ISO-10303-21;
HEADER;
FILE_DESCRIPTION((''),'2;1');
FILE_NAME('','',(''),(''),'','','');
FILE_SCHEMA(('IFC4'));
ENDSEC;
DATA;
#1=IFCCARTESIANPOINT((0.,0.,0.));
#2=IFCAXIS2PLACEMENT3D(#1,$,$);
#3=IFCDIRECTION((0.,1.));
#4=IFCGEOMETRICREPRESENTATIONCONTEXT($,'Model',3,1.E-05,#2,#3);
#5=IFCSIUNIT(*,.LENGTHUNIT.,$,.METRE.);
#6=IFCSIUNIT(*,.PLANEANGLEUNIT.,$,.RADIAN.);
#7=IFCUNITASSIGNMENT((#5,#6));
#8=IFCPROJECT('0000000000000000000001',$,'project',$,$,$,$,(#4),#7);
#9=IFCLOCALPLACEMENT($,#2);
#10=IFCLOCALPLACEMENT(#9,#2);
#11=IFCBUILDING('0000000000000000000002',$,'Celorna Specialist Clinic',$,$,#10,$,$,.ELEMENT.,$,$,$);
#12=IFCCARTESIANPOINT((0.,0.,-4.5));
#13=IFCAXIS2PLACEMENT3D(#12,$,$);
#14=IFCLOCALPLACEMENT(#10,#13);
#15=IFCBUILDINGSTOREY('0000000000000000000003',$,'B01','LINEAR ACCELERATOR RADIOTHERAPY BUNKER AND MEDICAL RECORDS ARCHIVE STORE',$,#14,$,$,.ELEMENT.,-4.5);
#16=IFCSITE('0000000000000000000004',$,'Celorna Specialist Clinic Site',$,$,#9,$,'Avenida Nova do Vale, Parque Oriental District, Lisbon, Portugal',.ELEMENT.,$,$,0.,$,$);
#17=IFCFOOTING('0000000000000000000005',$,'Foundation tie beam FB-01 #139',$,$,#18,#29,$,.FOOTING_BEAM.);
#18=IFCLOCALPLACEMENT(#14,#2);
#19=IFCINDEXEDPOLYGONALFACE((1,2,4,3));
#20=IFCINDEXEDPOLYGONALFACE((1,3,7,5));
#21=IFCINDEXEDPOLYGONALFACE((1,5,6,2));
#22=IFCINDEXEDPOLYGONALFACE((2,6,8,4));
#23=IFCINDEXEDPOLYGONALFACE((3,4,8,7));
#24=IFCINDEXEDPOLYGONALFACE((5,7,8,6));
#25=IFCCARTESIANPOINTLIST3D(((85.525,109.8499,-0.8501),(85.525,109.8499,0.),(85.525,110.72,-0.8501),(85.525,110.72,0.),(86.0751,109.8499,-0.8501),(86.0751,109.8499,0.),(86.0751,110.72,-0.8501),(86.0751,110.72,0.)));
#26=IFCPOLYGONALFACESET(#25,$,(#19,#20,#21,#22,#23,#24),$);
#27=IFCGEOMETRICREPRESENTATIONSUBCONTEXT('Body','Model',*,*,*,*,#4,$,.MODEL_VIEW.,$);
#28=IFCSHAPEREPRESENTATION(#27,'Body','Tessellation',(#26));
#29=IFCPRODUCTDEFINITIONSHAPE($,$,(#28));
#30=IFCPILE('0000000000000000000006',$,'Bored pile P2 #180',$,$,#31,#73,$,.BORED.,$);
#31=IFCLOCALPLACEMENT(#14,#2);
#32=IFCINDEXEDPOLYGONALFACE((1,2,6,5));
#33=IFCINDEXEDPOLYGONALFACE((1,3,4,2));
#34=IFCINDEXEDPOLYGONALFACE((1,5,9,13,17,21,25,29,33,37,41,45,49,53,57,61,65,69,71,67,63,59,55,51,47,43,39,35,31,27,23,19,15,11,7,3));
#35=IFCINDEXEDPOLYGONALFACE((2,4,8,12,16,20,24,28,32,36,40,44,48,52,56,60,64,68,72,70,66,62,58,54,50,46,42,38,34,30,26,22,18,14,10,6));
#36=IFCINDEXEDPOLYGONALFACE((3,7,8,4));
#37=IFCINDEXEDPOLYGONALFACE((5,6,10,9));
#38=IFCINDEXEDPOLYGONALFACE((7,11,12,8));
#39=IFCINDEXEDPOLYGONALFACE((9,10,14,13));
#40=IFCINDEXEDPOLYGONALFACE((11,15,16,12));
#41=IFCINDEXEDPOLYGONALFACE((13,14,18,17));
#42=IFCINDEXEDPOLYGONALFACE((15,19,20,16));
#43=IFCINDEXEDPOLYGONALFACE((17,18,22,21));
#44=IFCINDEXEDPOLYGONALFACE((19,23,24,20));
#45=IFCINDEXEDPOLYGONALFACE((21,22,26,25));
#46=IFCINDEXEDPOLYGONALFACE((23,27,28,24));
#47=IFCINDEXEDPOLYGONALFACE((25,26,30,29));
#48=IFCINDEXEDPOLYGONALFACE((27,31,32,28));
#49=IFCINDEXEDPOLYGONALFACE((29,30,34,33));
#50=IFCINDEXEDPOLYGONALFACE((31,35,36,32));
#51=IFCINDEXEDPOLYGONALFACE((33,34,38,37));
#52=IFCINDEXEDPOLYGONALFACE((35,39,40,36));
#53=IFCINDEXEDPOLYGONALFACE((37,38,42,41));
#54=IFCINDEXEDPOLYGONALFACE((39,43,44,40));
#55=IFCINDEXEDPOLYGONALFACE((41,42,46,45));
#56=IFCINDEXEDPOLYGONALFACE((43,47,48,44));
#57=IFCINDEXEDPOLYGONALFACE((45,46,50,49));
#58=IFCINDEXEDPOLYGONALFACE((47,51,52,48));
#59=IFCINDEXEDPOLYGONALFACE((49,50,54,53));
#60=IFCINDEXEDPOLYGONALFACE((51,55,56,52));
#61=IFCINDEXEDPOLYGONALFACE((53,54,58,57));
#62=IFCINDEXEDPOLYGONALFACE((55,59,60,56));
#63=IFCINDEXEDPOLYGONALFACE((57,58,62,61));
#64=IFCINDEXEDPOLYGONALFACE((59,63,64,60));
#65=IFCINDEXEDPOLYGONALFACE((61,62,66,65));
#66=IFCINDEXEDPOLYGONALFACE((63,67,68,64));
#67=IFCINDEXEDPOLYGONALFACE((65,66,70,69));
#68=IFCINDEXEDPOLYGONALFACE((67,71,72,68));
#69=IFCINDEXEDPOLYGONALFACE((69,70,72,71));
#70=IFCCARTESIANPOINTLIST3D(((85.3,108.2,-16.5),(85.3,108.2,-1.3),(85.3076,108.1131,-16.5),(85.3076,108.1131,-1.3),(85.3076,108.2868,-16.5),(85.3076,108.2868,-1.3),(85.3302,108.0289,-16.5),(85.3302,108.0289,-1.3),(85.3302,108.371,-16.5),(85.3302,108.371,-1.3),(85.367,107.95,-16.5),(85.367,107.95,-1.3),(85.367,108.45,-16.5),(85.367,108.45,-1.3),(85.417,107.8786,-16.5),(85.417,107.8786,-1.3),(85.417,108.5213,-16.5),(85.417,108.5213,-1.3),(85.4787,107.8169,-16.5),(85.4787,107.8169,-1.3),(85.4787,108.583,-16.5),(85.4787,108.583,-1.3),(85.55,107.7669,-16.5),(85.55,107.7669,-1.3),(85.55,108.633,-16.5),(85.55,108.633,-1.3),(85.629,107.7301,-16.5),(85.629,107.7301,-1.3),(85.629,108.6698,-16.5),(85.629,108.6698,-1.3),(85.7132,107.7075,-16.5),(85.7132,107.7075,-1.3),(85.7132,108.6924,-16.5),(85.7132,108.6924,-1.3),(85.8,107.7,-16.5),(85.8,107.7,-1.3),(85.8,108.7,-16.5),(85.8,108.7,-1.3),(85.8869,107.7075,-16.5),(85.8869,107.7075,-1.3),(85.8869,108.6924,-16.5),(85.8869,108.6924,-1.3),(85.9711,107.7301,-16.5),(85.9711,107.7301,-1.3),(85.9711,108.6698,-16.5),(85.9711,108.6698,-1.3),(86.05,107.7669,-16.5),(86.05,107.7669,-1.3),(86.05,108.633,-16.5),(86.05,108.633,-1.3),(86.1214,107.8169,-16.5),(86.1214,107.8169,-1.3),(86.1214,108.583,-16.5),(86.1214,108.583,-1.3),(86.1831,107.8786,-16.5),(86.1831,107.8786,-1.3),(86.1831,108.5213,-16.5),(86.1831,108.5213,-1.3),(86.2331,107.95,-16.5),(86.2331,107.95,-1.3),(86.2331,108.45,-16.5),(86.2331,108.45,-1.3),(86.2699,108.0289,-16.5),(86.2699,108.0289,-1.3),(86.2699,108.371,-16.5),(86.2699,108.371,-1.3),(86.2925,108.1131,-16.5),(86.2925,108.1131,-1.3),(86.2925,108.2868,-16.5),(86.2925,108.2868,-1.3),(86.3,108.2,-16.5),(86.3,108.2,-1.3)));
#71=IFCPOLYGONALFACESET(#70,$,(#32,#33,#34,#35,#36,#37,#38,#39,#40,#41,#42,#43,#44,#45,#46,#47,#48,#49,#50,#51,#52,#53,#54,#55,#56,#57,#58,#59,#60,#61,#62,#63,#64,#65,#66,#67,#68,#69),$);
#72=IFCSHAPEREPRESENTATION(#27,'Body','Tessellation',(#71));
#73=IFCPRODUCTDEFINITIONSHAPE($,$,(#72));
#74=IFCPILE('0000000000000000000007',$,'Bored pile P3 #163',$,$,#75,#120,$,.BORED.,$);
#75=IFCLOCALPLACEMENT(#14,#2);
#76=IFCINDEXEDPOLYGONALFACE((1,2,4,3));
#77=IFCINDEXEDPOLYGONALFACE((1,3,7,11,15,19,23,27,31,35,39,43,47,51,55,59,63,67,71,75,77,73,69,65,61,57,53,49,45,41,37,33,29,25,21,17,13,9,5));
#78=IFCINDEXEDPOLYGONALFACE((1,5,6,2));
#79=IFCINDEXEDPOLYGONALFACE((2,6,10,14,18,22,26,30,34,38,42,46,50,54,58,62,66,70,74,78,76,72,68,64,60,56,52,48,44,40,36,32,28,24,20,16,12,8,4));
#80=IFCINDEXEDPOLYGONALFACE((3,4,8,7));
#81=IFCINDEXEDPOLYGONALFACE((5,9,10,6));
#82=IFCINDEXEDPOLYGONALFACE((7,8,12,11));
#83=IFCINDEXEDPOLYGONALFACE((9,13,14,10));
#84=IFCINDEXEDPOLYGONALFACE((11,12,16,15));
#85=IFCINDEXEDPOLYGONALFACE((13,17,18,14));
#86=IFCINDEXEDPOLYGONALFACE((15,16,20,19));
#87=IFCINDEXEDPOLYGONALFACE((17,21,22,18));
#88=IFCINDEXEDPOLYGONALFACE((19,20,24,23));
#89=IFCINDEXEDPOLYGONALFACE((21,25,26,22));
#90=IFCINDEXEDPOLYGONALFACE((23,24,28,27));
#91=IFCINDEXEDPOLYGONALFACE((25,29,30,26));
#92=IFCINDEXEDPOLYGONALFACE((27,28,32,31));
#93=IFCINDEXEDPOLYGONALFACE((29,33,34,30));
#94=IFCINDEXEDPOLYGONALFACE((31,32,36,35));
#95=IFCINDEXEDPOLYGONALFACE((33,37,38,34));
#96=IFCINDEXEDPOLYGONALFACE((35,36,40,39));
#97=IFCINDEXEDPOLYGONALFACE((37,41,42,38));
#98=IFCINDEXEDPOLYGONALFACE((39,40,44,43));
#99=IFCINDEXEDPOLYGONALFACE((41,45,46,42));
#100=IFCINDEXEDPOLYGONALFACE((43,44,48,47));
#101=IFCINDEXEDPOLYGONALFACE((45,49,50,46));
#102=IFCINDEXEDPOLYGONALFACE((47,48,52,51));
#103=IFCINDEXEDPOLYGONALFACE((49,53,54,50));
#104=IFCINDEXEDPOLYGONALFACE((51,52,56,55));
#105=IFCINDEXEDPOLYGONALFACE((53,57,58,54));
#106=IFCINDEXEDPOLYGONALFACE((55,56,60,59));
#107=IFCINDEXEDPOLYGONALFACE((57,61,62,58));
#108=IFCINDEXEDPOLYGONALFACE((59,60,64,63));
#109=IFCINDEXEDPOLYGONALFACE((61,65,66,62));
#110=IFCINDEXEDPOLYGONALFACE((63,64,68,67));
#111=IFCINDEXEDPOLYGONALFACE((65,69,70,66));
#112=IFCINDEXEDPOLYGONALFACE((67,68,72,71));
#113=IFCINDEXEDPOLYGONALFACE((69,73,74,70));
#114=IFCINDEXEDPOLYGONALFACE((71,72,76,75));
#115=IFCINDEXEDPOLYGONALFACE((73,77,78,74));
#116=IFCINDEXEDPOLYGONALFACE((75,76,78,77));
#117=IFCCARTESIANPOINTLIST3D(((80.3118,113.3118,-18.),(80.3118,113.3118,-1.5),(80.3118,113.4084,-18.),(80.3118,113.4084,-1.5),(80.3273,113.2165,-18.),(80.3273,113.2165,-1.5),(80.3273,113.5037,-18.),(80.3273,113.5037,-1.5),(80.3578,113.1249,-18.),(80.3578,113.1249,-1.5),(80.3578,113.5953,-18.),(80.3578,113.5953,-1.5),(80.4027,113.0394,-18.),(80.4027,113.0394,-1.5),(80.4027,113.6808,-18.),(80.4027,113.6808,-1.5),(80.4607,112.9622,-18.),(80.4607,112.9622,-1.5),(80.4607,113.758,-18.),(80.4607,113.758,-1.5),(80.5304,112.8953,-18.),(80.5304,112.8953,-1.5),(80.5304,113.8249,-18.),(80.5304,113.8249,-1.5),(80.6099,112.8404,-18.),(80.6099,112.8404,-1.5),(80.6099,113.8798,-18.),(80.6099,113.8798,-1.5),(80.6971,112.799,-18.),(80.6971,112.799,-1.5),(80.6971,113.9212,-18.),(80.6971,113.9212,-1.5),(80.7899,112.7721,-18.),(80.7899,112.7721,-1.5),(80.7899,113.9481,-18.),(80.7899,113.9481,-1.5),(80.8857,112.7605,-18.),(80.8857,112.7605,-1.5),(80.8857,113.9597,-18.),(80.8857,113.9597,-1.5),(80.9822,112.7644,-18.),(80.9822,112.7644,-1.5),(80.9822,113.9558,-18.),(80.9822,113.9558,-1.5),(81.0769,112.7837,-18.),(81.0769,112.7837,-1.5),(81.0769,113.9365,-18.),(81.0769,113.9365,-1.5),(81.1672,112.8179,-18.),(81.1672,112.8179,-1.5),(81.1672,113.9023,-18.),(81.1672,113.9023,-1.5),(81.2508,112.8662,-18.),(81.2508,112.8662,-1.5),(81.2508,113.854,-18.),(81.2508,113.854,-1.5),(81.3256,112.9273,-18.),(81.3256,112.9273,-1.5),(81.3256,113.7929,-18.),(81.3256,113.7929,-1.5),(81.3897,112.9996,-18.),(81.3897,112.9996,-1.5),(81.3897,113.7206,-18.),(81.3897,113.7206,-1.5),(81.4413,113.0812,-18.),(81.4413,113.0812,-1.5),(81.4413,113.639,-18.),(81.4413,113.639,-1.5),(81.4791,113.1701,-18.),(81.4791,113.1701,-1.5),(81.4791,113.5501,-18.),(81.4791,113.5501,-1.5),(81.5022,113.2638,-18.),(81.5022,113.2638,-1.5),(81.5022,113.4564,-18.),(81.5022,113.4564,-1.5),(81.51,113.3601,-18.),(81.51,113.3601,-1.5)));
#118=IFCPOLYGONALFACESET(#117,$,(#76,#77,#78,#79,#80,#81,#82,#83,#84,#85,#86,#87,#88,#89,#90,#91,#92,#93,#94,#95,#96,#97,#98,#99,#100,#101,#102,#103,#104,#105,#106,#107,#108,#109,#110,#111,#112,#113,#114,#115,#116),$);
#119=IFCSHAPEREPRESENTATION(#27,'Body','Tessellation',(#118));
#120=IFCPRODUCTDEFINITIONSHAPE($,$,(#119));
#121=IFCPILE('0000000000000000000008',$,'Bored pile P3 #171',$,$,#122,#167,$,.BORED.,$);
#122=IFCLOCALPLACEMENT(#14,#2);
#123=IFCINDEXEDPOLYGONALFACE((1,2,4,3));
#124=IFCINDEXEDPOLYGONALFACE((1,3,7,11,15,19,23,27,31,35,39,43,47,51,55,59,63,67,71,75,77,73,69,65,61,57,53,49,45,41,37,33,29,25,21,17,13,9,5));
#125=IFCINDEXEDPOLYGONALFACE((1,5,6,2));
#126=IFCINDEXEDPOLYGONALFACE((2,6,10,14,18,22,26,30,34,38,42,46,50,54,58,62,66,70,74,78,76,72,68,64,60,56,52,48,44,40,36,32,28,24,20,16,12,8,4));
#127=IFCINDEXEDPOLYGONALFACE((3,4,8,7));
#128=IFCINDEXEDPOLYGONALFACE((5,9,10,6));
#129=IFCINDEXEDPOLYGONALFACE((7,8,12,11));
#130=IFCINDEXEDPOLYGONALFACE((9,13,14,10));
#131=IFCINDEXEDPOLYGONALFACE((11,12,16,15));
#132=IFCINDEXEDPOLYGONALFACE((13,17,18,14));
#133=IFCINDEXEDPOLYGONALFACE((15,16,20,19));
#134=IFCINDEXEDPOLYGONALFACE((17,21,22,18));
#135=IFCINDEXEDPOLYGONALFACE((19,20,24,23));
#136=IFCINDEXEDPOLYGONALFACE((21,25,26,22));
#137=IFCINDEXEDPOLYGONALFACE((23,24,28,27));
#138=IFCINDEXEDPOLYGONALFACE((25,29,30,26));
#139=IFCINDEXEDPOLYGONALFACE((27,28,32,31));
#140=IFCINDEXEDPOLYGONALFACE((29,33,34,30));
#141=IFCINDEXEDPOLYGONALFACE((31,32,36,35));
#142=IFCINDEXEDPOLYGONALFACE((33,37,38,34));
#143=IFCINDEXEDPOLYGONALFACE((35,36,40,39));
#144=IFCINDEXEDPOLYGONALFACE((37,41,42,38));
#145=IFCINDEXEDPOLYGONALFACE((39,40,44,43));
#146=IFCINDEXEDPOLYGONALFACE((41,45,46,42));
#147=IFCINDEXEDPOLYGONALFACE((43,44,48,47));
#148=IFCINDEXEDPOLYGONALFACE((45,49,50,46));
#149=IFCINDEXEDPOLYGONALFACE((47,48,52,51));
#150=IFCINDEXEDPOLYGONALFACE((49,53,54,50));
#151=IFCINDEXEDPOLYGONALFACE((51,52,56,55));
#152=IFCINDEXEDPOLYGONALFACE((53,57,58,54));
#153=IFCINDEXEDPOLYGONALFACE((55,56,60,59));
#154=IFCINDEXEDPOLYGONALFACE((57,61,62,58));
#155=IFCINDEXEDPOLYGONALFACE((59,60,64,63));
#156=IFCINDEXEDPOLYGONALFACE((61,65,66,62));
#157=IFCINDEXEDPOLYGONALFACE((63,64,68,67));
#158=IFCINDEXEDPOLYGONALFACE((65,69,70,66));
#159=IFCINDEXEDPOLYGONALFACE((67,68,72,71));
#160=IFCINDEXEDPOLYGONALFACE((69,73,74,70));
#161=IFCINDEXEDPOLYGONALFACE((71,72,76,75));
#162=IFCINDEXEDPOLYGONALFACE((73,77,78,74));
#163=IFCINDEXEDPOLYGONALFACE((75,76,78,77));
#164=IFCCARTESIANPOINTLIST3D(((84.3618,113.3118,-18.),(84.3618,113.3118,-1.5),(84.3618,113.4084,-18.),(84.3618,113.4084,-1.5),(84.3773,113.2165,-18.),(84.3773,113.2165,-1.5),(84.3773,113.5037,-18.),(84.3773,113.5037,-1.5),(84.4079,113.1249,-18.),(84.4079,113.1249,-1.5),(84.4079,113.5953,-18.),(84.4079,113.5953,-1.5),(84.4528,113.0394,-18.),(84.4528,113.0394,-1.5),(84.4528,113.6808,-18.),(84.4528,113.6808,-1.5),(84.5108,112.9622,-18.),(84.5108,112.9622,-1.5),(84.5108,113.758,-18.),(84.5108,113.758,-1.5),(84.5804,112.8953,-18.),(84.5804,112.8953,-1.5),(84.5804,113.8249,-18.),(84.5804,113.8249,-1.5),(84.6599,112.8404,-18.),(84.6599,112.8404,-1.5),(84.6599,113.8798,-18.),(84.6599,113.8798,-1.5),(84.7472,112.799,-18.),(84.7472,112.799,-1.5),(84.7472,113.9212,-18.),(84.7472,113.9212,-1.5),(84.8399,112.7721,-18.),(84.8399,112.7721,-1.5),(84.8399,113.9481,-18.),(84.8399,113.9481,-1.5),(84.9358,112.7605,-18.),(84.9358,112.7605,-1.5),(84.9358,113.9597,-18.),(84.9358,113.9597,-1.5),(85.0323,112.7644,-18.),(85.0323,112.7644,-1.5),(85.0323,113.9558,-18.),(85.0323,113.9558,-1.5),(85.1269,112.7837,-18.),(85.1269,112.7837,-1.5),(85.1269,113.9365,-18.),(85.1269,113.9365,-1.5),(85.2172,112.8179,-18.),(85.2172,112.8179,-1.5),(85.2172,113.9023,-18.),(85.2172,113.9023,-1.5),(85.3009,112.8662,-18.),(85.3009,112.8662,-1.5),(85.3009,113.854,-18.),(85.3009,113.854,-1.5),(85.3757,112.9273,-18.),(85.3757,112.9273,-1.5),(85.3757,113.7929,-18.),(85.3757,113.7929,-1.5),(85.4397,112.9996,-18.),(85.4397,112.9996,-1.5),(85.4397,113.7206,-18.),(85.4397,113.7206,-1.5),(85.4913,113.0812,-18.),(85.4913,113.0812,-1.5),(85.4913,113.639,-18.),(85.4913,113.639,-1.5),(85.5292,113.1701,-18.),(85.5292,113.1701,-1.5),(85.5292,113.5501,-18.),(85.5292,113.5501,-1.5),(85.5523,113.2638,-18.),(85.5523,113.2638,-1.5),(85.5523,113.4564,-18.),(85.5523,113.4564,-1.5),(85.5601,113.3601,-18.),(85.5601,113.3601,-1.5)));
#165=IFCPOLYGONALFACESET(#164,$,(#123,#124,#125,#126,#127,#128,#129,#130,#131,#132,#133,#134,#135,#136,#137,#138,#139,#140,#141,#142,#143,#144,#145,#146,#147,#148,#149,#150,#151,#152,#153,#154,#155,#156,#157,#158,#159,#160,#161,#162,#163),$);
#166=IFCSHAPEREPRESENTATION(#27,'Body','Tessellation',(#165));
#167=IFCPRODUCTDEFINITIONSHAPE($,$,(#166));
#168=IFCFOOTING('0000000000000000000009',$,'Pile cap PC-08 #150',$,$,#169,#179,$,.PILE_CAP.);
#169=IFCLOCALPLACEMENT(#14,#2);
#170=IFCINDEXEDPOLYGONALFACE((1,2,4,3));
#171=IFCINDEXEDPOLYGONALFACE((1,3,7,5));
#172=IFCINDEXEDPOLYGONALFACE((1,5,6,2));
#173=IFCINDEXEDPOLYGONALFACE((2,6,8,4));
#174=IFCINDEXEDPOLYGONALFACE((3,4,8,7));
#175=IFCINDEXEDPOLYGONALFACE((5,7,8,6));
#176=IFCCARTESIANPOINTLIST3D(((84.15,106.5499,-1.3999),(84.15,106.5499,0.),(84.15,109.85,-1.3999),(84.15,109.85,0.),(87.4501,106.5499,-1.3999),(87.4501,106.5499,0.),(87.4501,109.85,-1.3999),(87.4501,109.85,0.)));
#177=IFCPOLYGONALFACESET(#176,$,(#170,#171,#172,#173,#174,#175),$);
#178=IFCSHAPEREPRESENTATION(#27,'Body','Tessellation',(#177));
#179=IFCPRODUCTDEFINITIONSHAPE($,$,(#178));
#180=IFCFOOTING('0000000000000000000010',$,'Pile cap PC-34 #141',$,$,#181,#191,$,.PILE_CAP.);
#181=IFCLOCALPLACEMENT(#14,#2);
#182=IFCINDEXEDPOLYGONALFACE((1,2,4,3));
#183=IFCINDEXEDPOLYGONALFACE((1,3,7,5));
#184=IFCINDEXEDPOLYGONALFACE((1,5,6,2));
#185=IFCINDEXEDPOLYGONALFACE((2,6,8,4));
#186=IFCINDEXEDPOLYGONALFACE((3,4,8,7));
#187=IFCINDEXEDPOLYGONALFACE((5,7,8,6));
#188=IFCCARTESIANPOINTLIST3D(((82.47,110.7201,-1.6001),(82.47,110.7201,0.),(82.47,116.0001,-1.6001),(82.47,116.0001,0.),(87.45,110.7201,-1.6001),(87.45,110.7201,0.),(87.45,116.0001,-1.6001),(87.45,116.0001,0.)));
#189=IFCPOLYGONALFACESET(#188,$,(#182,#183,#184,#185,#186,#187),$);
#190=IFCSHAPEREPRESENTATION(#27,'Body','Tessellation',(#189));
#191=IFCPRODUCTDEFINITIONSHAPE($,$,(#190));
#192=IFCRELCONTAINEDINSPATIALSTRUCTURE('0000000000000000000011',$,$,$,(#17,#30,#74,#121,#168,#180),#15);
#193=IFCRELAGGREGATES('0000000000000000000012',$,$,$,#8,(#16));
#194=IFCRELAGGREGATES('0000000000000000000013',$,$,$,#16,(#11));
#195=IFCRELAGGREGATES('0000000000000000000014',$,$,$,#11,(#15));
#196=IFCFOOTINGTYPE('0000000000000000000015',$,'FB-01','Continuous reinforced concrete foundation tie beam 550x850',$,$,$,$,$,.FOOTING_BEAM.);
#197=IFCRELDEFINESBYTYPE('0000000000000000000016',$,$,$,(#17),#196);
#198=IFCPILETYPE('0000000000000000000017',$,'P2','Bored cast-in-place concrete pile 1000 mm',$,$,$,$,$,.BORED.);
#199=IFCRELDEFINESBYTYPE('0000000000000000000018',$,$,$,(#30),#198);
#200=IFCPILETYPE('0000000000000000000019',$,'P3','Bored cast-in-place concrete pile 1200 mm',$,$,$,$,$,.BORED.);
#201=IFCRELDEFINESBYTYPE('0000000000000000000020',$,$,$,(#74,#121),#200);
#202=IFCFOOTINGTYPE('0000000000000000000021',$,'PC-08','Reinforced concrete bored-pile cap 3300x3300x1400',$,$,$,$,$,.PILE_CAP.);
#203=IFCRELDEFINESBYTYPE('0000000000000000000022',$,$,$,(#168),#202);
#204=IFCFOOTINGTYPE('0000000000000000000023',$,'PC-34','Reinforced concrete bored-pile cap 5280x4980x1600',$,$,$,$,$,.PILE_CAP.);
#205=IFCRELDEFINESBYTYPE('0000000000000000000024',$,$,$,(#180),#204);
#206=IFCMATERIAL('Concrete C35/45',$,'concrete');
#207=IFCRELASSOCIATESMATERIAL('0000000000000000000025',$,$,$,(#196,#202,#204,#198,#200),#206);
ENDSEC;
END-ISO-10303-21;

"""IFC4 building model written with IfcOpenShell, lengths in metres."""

from ifc_helpers import new_model, si_unit, direction, frame, origin, origin_2d, place, context, subcontext, project, spatial, rectangle, circle, extrude, material, material_profile, profile_set, type_object, element, save


model = new_model("IFC4")

# Units and contexts
model_context = context("Model", 3, precision=1e-05, world=origin(), true_north=direction((0.0, 1.0)))
body_context = subcontext(model_context, "Body", "Model", "MODEL_VIEW")
ifc_project = project(units=[si_unit("LENGTHUNIT", "METRE"), si_unit("PLANEANGLEUNIT", "RADIAN")], contexts=[model_context])

# Site, building, storey
site_placement = place(None, origin())
site = spatial("IfcSite", under=ifc_project, at=site_placement, Name="Celorna Specialist Clinic Site", LongName="Avenida Nova do Vale, Parque Oriental District, Lisbon, Portugal", CompositionType="ELEMENT", RefElevation=0.0)
building_placement = place(site_placement, origin())
building = spatial("IfcBuilding", under=site, at=building_placement, Name="Celorna Specialist Clinic", CompositionType="ELEMENT")
storey_placement = place(building_placement, frame((0.0, 0.0, -4.5)))
storey = spatial("IfcBuildingStorey", under=building, at=storey_placement, Name="B01", Description="LINEAR ACCELERATOR RADIOTHERAPY BUNKER AND MEDICAL RECORDS ARCHIVE STORE", CompositionType="ELEMENT", Elevation=-4.5)

# Footing
ifc_material_1 = material(Name="Concrete C35/45", Category="concrete")
footing_type_1 = type_object("IfcFootingType", Name="FB-01", Description="Continuous reinforced concrete foundation tie beam 550x850", PredefinedType="FOOTING_BEAM", material=ifc_material_1)
footing_1_placement = place(storey_placement, frame((85.8, 110.2849, -0.8501), z_axis=(0.0, 0.0, 1.0), x_axis=(0.0, 1.0, 0.0)))
element("IfcFooting", 1, at=footing_1_placement, inside=storey, type_object=footing_type_1, Name="Foundation tie beam FB-01 #139", PredefinedType="FOOTING_BEAM", context=body_context, shape_type="SweptSolid", body=[
    extrude(rectangle(XDim=0.8701, YDim=0.55, at=origin_2d()), origin(), (0.0, 0.0, 1.0), 0.8501),
])

# Piles
ifc_material_profile_1 = material_profile(ifc_material_1, circle(Radius=0.5, at=origin_2d()), Name="BORED PILE 1000")
ifc_profile_set_1 = profile_set([ifc_material_profile_1], Name="Concrete C35/45")
pile_type_1 = type_object("IfcPileType", Name="P2", Description="Bored cast-in-place concrete pile 1000 mm", PredefinedType="BORED", material=ifc_profile_set_1)
pile_placement = place(storey_placement, frame((85.8, 108.2, -1.3), z_axis=(0.0, 0.0, -1.0), x_axis=(1.0, 0.0, 0.0)))
element("IfcPile", 2, at=pile_placement, inside=storey, type_object=pile_type_1, Name="Bored pile P2 #180", PredefinedType="BORED", context=body_context, shape_type="SweptSolid", body=[
    extrude(circle(Radius=0.5, at=origin_2d()), origin(), (0.0, 0.0, 1.0), 15.2),
])
ifc_material_profile_2 = material_profile(ifc_material_1, circle(Radius=0.6001, at=origin_2d()), Name="BORED PILE 1200")
ifc_profile_set_2 = profile_set([ifc_material_profile_2], Name="Concrete C35/45")
pile_type_2 = type_object("IfcPileType", Name="P3", Description="Bored cast-in-place concrete pile 1200 mm", PredefinedType="BORED", material=ifc_profile_set_2)
for number, where, z_axis, x_axis, name in (
    (3, (80.9099, 113.3601, -1.5), (0.0, 0.0, -1.0), (1.0, 0.0, 0.0), "Bored pile P3 #163"),
    (4, (84.96, 113.3601, -1.5), (0.0, 0.0, -1.0), (1.0, 0.0, 0.0), "Bored pile P3 #171"),
):
    element("IfcPile", number, at=place(storey_placement, frame(where, z_axis=z_axis, x_axis=x_axis)), inside=storey, type_object=pile_type_2, Name=name, PredefinedType="BORED", context=body_context, shape_type="SweptSolid", body=[
        extrude(circle(Radius=0.6001, at=origin_2d()), origin(), (0.0, 0.0, 1.0), 16.5),
    ])

# Footings
footing_type_2 = type_object("IfcFootingType", Name="PC-08", Description="Reinforced concrete bored-pile cap 3300x3300x1400", PredefinedType="PILE_CAP", material=ifc_material_1)
footing_2_placement = place(storey_placement, frame((85.8, 108.2, -1.3999), z_axis=(0.0, 0.0, 1.0), x_axis=(1.0, 0.0, 0.0)))
element("IfcFooting", 5, at=footing_2_placement, inside=storey, type_object=footing_type_2, Name="Pile cap PC-08 #150", PredefinedType="PILE_CAP", context=body_context, shape_type="SweptSolid", body=[
    extrude(rectangle(XDim=3.3, YDim=3.3, at=origin_2d()), origin(), (0.0, 0.0, 1.0), 1.3999),
])
footing_type_3 = type_object("IfcFootingType", Name="PC-34", Description="Reinforced concrete bored-pile cap 5280x4980x1600", PredefinedType="PILE_CAP", material=ifc_material_1)
footing_3_placement = place(storey_placement, frame((84.96, 113.3601, -1.6001), z_axis=(0.0, 0.0, 1.0), x_axis=(1.0, 0.0, 0.0)))
element("IfcFooting", 6, at=footing_3_placement, inside=storey, type_object=footing_type_3, Name="Pile cap PC-34 #141", PredefinedType="PILE_CAP", context=body_context, shape_type="SweptSolid", body=[
    extrude(rectangle(XDim=4.98, YDim=5.28, at=origin_2d()), origin(), (0.0, 0.0, 1.0), 1.6001),
])

save(model, "model.ifc")
